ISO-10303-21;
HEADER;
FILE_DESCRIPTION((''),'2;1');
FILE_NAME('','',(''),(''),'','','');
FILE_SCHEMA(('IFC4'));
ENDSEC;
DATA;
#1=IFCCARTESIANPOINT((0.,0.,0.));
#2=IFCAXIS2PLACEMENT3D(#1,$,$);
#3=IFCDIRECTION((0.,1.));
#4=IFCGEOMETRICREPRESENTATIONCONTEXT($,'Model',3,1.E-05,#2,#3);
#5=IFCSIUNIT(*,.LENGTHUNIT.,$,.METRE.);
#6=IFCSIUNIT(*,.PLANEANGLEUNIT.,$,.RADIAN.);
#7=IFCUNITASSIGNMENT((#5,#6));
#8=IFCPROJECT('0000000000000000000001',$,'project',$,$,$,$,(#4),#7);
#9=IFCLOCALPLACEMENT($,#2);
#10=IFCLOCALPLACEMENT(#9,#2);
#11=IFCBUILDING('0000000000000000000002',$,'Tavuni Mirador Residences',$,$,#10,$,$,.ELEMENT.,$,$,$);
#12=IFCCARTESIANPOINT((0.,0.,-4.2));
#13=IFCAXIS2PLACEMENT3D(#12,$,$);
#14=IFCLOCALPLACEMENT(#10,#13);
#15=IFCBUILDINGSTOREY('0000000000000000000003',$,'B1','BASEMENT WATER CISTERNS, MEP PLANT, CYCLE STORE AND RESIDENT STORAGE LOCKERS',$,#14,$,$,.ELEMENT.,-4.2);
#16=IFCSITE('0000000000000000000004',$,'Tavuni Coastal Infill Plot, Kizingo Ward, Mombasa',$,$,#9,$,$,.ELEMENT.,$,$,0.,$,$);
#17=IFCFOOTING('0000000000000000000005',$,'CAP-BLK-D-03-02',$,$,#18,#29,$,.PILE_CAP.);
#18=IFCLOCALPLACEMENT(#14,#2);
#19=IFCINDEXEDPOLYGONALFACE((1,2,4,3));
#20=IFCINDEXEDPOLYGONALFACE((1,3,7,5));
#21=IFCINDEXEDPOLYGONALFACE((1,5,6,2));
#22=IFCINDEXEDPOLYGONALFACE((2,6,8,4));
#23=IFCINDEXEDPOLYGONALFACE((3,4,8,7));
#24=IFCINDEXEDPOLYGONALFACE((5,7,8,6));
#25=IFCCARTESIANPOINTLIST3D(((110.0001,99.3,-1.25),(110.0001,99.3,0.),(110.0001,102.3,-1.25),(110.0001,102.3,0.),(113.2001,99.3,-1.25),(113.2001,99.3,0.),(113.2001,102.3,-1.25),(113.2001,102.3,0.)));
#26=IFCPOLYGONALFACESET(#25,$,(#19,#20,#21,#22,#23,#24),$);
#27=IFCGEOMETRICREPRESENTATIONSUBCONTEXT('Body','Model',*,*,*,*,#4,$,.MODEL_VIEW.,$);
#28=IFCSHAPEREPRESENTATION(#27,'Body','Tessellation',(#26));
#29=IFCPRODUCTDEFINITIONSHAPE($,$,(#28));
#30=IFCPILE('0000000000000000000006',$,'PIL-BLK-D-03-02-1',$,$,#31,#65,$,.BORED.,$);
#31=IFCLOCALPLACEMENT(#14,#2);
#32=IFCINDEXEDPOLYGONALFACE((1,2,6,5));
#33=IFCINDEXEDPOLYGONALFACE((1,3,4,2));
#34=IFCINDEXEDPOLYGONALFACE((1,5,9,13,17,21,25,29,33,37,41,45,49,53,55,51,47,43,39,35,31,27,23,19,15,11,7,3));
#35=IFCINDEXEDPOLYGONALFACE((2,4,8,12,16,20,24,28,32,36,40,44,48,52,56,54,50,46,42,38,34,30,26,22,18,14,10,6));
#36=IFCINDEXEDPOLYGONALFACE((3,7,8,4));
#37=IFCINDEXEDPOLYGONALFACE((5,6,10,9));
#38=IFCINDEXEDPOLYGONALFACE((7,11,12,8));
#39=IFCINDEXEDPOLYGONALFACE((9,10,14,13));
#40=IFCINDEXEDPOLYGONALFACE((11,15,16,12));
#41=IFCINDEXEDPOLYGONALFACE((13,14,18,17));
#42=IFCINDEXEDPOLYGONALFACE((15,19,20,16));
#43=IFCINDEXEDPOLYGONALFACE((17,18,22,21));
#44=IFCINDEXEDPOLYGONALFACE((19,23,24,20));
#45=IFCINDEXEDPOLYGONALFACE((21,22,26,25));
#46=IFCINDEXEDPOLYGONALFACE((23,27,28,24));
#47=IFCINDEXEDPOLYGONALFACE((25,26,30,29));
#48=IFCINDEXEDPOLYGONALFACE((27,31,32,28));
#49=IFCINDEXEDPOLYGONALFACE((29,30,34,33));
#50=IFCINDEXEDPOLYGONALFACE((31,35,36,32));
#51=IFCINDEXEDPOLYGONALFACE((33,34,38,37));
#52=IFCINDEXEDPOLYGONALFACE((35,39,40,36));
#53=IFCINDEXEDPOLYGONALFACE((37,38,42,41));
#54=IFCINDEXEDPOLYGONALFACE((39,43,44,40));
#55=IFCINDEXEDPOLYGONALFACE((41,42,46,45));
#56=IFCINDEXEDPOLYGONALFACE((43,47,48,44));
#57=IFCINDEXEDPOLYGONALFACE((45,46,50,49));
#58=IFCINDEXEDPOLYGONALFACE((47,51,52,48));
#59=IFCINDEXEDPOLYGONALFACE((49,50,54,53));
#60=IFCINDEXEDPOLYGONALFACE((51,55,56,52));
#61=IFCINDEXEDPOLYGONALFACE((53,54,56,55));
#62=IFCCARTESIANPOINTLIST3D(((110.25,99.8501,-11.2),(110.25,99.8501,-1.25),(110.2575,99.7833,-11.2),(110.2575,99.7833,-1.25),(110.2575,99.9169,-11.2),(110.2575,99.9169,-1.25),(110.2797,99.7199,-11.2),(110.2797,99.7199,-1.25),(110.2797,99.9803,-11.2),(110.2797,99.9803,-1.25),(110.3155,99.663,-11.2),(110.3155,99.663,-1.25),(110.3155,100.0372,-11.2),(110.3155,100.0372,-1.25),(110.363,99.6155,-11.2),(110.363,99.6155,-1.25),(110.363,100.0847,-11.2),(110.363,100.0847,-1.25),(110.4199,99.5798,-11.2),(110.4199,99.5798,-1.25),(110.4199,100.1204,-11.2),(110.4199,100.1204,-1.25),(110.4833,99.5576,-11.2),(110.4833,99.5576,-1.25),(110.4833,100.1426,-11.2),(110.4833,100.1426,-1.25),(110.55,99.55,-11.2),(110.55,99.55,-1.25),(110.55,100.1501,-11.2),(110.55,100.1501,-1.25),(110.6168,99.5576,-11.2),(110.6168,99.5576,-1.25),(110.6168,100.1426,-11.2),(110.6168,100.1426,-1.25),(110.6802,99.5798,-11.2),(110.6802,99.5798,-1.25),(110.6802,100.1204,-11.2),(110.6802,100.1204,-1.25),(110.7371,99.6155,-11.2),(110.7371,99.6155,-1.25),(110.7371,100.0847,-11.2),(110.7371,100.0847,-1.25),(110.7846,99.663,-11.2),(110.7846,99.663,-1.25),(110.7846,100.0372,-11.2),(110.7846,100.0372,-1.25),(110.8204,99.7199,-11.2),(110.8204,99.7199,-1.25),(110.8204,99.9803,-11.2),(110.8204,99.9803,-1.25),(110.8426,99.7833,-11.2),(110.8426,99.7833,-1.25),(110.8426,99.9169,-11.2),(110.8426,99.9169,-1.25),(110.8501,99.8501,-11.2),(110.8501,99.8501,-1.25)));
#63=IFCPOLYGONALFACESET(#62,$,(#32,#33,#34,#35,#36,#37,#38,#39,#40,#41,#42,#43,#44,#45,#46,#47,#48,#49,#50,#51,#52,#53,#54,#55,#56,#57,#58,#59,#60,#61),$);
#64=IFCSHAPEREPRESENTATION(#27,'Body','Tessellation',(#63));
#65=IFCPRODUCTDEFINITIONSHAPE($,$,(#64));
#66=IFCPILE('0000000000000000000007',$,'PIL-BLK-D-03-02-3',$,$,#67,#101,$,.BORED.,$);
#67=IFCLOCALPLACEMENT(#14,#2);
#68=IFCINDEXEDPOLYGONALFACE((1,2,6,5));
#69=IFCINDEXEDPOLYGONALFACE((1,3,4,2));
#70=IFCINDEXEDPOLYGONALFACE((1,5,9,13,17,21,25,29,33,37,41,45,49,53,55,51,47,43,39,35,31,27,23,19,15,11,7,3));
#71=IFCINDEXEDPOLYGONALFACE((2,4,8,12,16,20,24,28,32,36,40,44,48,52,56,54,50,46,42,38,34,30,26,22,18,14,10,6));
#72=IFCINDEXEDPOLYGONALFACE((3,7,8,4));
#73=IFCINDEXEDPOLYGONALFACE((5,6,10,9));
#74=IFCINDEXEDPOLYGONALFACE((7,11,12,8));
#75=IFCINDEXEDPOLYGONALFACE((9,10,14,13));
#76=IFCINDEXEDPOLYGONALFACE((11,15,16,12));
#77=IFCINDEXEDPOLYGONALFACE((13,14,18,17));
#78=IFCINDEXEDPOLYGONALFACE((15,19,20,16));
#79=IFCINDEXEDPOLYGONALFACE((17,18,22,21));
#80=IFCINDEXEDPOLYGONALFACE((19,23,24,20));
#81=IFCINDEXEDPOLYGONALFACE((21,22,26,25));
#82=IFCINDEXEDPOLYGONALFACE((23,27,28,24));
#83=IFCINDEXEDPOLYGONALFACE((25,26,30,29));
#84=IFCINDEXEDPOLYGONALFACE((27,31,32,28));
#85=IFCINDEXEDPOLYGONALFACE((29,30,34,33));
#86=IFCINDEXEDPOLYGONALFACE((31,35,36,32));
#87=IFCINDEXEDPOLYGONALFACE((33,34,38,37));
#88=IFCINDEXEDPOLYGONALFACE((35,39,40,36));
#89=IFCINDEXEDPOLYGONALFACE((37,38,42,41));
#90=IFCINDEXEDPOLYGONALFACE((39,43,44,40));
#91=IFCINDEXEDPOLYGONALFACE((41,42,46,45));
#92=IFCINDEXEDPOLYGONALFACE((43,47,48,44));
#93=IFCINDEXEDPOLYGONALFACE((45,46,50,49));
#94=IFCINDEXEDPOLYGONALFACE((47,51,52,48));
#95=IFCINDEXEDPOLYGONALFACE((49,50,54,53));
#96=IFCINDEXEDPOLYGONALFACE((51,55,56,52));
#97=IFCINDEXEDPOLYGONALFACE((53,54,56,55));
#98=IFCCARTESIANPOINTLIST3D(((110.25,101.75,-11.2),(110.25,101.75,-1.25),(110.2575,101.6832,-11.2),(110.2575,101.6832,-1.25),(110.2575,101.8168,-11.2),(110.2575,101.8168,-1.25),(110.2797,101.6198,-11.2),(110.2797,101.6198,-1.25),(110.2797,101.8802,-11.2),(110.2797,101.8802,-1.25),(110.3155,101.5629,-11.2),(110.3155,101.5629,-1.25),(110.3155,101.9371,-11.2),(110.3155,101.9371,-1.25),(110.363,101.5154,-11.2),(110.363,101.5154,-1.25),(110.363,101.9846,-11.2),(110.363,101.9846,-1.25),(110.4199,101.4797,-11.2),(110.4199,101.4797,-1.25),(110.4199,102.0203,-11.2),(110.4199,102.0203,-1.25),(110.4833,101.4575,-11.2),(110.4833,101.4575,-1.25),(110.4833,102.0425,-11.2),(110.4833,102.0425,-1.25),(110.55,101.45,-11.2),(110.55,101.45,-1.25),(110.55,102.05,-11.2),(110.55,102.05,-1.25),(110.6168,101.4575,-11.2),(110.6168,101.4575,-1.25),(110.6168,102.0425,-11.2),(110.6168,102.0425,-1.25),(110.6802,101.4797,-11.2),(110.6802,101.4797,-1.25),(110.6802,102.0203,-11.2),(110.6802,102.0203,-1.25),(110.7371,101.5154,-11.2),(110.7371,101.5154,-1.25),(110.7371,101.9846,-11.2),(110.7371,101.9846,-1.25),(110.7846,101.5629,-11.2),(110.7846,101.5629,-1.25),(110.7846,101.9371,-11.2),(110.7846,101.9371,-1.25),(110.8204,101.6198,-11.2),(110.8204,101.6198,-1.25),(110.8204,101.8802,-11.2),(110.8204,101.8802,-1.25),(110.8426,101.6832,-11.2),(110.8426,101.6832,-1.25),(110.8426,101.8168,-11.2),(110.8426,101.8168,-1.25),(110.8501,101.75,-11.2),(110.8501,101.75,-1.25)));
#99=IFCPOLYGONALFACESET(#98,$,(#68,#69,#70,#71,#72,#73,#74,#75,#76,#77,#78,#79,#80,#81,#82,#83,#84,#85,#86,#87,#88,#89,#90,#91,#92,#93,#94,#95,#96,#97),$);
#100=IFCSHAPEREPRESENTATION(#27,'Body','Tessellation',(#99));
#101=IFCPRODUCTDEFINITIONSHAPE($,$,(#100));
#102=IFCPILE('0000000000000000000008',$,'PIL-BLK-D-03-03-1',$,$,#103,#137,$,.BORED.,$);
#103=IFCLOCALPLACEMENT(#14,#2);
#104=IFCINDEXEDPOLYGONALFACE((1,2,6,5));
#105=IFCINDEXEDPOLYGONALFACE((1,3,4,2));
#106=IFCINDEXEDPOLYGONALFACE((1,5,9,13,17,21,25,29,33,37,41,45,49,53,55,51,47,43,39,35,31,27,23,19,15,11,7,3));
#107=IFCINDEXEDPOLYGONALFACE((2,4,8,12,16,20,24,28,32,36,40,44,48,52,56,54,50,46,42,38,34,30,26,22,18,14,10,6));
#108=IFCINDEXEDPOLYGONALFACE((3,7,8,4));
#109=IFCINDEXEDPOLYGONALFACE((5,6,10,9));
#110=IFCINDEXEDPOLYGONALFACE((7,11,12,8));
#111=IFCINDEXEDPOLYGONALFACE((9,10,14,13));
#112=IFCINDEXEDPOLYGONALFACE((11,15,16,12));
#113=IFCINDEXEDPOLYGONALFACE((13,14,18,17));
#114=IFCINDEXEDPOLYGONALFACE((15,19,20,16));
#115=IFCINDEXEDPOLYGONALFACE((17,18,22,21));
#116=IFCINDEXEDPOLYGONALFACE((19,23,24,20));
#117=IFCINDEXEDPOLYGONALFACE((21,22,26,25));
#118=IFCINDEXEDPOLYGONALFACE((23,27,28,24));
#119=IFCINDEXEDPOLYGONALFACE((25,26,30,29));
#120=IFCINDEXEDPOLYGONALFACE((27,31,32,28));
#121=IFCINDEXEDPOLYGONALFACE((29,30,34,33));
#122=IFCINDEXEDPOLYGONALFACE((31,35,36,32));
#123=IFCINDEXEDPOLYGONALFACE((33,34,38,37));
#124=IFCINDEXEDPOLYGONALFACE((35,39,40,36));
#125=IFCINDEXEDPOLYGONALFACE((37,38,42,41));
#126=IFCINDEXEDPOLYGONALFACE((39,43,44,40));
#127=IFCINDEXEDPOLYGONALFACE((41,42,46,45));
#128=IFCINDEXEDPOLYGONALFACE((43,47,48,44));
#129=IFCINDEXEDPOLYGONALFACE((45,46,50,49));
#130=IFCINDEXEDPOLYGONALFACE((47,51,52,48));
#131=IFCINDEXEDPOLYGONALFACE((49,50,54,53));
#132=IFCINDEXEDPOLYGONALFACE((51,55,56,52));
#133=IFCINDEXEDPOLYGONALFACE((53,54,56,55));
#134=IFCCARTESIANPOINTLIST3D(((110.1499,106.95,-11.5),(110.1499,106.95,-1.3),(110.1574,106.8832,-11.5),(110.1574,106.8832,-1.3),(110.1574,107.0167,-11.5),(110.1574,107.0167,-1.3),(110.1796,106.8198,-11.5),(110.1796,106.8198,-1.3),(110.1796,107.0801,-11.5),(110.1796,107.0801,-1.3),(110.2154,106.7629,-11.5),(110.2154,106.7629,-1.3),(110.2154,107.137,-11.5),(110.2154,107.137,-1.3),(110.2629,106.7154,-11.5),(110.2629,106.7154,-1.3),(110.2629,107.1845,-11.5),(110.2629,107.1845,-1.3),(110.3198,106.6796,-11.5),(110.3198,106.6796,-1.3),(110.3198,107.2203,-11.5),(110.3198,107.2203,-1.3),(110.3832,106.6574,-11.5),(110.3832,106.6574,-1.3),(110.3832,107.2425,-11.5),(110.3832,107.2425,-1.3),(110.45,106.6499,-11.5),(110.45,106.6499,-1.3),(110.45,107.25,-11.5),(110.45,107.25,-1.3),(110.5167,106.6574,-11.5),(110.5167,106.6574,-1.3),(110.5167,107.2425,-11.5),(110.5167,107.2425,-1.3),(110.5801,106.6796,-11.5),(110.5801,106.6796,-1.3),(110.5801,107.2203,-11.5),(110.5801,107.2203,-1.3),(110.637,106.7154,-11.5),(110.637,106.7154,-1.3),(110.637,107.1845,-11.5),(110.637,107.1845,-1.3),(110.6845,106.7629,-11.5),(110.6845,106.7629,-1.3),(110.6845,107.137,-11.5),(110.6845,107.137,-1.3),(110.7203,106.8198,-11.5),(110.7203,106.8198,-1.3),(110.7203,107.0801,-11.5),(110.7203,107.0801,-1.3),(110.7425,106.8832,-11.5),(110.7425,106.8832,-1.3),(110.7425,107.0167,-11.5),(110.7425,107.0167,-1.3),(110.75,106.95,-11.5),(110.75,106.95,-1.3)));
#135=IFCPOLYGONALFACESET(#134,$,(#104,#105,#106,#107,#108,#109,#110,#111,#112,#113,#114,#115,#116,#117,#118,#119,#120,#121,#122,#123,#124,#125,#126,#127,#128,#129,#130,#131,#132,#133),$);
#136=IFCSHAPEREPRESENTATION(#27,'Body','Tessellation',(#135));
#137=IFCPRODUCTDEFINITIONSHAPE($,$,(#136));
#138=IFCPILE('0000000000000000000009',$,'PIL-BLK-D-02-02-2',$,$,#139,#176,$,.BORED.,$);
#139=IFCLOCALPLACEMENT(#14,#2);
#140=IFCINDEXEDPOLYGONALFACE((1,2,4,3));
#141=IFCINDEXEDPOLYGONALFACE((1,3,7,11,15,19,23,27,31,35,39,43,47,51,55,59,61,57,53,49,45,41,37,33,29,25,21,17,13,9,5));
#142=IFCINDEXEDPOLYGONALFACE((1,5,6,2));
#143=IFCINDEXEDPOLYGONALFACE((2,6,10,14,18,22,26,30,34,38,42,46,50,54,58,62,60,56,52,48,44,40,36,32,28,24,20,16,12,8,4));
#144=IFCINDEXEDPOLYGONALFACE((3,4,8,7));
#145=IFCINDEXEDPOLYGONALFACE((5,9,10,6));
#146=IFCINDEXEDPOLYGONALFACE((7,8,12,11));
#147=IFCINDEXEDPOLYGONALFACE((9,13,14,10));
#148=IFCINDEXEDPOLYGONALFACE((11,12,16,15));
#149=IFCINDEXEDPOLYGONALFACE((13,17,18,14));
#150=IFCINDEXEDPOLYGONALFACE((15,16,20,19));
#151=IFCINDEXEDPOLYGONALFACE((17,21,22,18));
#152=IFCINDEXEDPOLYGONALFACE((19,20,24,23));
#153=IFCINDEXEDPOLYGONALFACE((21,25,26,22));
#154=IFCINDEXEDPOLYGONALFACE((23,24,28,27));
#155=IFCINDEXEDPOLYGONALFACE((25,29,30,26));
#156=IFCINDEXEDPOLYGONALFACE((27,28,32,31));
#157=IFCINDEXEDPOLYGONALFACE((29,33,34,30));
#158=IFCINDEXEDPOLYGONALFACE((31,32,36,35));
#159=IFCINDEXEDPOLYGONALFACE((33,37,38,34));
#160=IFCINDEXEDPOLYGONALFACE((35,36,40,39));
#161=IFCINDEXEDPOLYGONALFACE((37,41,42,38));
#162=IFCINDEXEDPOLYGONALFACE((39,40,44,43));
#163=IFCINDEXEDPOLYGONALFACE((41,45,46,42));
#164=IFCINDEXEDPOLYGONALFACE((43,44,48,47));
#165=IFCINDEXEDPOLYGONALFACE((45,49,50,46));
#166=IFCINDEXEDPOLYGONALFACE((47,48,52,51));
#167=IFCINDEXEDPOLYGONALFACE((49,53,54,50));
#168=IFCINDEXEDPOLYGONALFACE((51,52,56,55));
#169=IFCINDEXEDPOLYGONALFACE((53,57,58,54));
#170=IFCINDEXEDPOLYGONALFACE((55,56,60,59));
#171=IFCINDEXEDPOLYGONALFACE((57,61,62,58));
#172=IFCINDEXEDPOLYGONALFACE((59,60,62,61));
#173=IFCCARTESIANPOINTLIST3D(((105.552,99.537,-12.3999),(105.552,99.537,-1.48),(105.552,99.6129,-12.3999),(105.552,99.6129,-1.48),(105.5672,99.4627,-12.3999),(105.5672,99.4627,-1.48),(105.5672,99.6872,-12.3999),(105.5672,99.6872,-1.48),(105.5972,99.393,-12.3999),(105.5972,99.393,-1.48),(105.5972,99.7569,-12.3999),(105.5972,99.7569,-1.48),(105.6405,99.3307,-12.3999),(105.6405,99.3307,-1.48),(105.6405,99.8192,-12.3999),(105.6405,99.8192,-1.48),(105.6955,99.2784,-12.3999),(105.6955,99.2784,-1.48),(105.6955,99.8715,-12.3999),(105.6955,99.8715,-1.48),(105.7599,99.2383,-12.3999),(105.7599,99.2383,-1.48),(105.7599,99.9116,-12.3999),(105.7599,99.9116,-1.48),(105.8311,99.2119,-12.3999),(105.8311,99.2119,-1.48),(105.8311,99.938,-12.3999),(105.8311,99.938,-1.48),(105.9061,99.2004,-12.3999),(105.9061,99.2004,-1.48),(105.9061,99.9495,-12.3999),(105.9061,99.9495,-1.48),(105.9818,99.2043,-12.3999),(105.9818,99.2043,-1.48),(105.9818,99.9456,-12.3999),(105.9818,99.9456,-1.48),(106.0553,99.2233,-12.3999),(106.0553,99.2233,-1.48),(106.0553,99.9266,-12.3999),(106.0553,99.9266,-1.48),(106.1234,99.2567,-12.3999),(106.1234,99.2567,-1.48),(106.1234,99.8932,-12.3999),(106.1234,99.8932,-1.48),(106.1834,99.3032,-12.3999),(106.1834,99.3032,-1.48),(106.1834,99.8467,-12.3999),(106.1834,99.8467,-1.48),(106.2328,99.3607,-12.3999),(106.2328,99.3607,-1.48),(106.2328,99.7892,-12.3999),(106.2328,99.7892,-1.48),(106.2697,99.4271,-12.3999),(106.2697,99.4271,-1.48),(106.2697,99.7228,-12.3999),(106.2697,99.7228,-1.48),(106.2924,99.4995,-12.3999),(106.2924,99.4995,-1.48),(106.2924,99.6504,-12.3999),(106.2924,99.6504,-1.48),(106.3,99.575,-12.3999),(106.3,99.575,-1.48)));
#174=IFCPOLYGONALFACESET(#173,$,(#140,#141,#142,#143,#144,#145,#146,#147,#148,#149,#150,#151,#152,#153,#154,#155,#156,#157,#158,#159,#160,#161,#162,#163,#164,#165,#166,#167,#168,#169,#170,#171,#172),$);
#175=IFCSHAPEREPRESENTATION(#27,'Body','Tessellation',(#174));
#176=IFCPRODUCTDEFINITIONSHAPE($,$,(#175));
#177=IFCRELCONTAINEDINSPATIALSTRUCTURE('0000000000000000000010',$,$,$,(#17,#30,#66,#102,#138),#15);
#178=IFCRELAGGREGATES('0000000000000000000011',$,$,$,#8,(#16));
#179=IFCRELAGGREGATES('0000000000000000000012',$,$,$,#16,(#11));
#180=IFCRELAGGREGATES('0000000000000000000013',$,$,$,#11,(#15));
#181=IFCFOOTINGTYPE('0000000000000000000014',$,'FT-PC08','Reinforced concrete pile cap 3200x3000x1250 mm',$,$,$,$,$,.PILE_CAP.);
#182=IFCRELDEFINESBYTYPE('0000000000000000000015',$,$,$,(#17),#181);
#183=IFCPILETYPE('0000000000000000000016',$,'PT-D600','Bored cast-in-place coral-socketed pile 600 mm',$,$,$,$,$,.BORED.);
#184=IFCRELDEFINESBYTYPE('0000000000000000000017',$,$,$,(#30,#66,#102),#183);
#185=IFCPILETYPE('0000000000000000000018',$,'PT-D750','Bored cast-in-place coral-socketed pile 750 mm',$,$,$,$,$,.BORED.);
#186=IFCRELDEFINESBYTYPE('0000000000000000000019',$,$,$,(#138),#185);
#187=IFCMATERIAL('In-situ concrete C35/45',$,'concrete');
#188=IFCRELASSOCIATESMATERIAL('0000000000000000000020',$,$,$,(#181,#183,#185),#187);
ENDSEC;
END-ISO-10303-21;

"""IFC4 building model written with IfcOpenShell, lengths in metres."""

from ifc_helpers import new_model, si_unit, direction, frame, origin, origin_2d, place, context, subcontext, project, spatial, rectangle, circle, extrude, material, material_profile, profile_set, type_object, element, save


model = new_model("IFC4")

# Units and contexts
model_context = context("Model", 3, precision=1e-05, world=origin(), true_north=direction((0.0, 1.0)))
body_context = subcontext(model_context, "Body", "Model", "MODEL_VIEW")
ifc_project = project(units=[si_unit("LENGTHUNIT", "METRE"), si_unit("PLANEANGLEUNIT", "RADIAN")], contexts=[model_context])

# Site, building, storey
site_placement = place(None, origin())
site = spatial("IfcSite", under=ifc_project, at=site_placement, Name="Tavuni Coastal Infill Plot, Kizingo Ward, Mombasa", CompositionType="ELEMENT", RefElevation=0.0)
building_placement = place(site_placement, origin())
building = spatial("IfcBuilding", under=site, at=building_placement, Name="Tavuni Mirador Residences", CompositionType="ELEMENT")
storey_placement = place(building_placement, frame((0.0, 0.0, -4.2)))
storey = spatial("IfcBuildingStorey", under=building, at=storey_placement, Name="B1", Description="BASEMENT WATER CISTERNS, MEP PLANT, CYCLE STORE AND RESIDENT STORAGE LOCKERS", CompositionType="ELEMENT", Elevation=-4.2)

# Footing
ifc_material_1 = material(Name="In-situ concrete C35/45", Category="concrete")
footing_type = type_object("IfcFootingType", Name="FT-PC08", Description="Reinforced concrete pile cap 3200x3000x1250 mm", PredefinedType="PILE_CAP", material=ifc_material_1)
footing_placement = place(storey_placement, frame((111.6001, 100.8, -1.25), z_axis=(0.0, 0.0, 1.0), x_axis=(1.0, 0.0, 0.0)))
element("IfcFooting", 1, at=footing_placement, inside=storey, type_object=footing_type, Name="CAP-BLK-D-03-02", PredefinedType="PILE_CAP", context=body_context, shape_type="SweptSolid", body=[
    extrude(rectangle(XDim=3.2, YDim=3.0, at=origin_2d()), origin(), (0.0, 0.0, 1.0), 1.25),
])

# Piles
ifc_material_profile_1 = material_profile(ifc_material_1, circle(Radius=0.3, at=origin_2d()), Name="PILE D600", Category="concrete")
ifc_profile_set_1 = profile_set([ifc_material_profile_1], Name="In-situ concrete C35/45")
pile_type_1 = type_object("IfcPileType", Name="PT-D600", Description="Bored cast-in-place coral-socketed pile 600 mm", PredefinedType="BORED", material=ifc_profile_set_1)
for number, where, z_axis, x_axis, name in (
    (2, (110.55, 99.8501, -1.25), (0.0, 0.0, -1.0), (1.0, 0.0, 0.0), "PIL-BLK-D-03-02-1"),
    (3, (110.55, 101.75, -1.25), (0.0, 0.0, -1.0), (1.0, 0.0, 0.0), "PIL-BLK-D-03-02-3"),
):
    element("IfcPile", number, at=place(storey_placement, frame(where, z_axis=z_axis, x_axis=x_axis)), inside=storey, type_object=pile_type_1, Name=name, PredefinedType="BORED", context=body_context, shape_type="SweptSolid", body=[
        extrude(circle(Radius=0.3, at=origin_2d()), origin(), (0.0, 0.0, 1.0), 9.95),
    ])
pile_1_placement = place(storey_placement, frame((110.45, 106.95, -1.3), z_axis=(0.0, 0.0, -1.0), x_axis=(1.0, 0.0, 0.0)))
element("IfcPile", 4, at=pile_1_placement, inside=storey, type_object=pile_type_1, Name="PIL-BLK-D-03-03-1", PredefinedType="BORED", context=body_context, shape_type="SweptSolid", body=[
    extrude(circle(Radius=0.3, at=origin_2d()), origin(), (0.0, 0.0, 1.0), 10.2),
])
ifc_material_profile_2 = material_profile(ifc_material_1, circle(Radius=0.375, at=origin_2d()), Name="PILE D750", Category="concrete")
ifc_profile_set_2 = profile_set([ifc_material_profile_2], Name="In-situ concrete C35/45")
pile_type_2 = type_object("IfcPileType", Name="PT-D750", Description="Bored cast-in-place coral-socketed pile 750 mm", PredefinedType="BORED", material=ifc_profile_set_2)
for number, where, z_axis, x_axis, name in (
    (5, (105.925, 99.575, -1.48), (0.0, 0.0, -1.0), (1.0, 0.0, 0.0), "PIL-BLK-D-02-02-2"),
):
    element("IfcPile", number, at=place(storey_placement, frame(where, z_axis=z_axis, x_axis=x_axis)), inside=storey, type_object=pile_type_2, Name=name, PredefinedType="BORED", context=body_context, shape_type="SweptSolid", body=[
        extrude(circle(Radius=0.375, at=origin_2d()), origin(), (0.0, 0.0, 1.0), 10.9199),
    ])

save(model, "model.ifc")
